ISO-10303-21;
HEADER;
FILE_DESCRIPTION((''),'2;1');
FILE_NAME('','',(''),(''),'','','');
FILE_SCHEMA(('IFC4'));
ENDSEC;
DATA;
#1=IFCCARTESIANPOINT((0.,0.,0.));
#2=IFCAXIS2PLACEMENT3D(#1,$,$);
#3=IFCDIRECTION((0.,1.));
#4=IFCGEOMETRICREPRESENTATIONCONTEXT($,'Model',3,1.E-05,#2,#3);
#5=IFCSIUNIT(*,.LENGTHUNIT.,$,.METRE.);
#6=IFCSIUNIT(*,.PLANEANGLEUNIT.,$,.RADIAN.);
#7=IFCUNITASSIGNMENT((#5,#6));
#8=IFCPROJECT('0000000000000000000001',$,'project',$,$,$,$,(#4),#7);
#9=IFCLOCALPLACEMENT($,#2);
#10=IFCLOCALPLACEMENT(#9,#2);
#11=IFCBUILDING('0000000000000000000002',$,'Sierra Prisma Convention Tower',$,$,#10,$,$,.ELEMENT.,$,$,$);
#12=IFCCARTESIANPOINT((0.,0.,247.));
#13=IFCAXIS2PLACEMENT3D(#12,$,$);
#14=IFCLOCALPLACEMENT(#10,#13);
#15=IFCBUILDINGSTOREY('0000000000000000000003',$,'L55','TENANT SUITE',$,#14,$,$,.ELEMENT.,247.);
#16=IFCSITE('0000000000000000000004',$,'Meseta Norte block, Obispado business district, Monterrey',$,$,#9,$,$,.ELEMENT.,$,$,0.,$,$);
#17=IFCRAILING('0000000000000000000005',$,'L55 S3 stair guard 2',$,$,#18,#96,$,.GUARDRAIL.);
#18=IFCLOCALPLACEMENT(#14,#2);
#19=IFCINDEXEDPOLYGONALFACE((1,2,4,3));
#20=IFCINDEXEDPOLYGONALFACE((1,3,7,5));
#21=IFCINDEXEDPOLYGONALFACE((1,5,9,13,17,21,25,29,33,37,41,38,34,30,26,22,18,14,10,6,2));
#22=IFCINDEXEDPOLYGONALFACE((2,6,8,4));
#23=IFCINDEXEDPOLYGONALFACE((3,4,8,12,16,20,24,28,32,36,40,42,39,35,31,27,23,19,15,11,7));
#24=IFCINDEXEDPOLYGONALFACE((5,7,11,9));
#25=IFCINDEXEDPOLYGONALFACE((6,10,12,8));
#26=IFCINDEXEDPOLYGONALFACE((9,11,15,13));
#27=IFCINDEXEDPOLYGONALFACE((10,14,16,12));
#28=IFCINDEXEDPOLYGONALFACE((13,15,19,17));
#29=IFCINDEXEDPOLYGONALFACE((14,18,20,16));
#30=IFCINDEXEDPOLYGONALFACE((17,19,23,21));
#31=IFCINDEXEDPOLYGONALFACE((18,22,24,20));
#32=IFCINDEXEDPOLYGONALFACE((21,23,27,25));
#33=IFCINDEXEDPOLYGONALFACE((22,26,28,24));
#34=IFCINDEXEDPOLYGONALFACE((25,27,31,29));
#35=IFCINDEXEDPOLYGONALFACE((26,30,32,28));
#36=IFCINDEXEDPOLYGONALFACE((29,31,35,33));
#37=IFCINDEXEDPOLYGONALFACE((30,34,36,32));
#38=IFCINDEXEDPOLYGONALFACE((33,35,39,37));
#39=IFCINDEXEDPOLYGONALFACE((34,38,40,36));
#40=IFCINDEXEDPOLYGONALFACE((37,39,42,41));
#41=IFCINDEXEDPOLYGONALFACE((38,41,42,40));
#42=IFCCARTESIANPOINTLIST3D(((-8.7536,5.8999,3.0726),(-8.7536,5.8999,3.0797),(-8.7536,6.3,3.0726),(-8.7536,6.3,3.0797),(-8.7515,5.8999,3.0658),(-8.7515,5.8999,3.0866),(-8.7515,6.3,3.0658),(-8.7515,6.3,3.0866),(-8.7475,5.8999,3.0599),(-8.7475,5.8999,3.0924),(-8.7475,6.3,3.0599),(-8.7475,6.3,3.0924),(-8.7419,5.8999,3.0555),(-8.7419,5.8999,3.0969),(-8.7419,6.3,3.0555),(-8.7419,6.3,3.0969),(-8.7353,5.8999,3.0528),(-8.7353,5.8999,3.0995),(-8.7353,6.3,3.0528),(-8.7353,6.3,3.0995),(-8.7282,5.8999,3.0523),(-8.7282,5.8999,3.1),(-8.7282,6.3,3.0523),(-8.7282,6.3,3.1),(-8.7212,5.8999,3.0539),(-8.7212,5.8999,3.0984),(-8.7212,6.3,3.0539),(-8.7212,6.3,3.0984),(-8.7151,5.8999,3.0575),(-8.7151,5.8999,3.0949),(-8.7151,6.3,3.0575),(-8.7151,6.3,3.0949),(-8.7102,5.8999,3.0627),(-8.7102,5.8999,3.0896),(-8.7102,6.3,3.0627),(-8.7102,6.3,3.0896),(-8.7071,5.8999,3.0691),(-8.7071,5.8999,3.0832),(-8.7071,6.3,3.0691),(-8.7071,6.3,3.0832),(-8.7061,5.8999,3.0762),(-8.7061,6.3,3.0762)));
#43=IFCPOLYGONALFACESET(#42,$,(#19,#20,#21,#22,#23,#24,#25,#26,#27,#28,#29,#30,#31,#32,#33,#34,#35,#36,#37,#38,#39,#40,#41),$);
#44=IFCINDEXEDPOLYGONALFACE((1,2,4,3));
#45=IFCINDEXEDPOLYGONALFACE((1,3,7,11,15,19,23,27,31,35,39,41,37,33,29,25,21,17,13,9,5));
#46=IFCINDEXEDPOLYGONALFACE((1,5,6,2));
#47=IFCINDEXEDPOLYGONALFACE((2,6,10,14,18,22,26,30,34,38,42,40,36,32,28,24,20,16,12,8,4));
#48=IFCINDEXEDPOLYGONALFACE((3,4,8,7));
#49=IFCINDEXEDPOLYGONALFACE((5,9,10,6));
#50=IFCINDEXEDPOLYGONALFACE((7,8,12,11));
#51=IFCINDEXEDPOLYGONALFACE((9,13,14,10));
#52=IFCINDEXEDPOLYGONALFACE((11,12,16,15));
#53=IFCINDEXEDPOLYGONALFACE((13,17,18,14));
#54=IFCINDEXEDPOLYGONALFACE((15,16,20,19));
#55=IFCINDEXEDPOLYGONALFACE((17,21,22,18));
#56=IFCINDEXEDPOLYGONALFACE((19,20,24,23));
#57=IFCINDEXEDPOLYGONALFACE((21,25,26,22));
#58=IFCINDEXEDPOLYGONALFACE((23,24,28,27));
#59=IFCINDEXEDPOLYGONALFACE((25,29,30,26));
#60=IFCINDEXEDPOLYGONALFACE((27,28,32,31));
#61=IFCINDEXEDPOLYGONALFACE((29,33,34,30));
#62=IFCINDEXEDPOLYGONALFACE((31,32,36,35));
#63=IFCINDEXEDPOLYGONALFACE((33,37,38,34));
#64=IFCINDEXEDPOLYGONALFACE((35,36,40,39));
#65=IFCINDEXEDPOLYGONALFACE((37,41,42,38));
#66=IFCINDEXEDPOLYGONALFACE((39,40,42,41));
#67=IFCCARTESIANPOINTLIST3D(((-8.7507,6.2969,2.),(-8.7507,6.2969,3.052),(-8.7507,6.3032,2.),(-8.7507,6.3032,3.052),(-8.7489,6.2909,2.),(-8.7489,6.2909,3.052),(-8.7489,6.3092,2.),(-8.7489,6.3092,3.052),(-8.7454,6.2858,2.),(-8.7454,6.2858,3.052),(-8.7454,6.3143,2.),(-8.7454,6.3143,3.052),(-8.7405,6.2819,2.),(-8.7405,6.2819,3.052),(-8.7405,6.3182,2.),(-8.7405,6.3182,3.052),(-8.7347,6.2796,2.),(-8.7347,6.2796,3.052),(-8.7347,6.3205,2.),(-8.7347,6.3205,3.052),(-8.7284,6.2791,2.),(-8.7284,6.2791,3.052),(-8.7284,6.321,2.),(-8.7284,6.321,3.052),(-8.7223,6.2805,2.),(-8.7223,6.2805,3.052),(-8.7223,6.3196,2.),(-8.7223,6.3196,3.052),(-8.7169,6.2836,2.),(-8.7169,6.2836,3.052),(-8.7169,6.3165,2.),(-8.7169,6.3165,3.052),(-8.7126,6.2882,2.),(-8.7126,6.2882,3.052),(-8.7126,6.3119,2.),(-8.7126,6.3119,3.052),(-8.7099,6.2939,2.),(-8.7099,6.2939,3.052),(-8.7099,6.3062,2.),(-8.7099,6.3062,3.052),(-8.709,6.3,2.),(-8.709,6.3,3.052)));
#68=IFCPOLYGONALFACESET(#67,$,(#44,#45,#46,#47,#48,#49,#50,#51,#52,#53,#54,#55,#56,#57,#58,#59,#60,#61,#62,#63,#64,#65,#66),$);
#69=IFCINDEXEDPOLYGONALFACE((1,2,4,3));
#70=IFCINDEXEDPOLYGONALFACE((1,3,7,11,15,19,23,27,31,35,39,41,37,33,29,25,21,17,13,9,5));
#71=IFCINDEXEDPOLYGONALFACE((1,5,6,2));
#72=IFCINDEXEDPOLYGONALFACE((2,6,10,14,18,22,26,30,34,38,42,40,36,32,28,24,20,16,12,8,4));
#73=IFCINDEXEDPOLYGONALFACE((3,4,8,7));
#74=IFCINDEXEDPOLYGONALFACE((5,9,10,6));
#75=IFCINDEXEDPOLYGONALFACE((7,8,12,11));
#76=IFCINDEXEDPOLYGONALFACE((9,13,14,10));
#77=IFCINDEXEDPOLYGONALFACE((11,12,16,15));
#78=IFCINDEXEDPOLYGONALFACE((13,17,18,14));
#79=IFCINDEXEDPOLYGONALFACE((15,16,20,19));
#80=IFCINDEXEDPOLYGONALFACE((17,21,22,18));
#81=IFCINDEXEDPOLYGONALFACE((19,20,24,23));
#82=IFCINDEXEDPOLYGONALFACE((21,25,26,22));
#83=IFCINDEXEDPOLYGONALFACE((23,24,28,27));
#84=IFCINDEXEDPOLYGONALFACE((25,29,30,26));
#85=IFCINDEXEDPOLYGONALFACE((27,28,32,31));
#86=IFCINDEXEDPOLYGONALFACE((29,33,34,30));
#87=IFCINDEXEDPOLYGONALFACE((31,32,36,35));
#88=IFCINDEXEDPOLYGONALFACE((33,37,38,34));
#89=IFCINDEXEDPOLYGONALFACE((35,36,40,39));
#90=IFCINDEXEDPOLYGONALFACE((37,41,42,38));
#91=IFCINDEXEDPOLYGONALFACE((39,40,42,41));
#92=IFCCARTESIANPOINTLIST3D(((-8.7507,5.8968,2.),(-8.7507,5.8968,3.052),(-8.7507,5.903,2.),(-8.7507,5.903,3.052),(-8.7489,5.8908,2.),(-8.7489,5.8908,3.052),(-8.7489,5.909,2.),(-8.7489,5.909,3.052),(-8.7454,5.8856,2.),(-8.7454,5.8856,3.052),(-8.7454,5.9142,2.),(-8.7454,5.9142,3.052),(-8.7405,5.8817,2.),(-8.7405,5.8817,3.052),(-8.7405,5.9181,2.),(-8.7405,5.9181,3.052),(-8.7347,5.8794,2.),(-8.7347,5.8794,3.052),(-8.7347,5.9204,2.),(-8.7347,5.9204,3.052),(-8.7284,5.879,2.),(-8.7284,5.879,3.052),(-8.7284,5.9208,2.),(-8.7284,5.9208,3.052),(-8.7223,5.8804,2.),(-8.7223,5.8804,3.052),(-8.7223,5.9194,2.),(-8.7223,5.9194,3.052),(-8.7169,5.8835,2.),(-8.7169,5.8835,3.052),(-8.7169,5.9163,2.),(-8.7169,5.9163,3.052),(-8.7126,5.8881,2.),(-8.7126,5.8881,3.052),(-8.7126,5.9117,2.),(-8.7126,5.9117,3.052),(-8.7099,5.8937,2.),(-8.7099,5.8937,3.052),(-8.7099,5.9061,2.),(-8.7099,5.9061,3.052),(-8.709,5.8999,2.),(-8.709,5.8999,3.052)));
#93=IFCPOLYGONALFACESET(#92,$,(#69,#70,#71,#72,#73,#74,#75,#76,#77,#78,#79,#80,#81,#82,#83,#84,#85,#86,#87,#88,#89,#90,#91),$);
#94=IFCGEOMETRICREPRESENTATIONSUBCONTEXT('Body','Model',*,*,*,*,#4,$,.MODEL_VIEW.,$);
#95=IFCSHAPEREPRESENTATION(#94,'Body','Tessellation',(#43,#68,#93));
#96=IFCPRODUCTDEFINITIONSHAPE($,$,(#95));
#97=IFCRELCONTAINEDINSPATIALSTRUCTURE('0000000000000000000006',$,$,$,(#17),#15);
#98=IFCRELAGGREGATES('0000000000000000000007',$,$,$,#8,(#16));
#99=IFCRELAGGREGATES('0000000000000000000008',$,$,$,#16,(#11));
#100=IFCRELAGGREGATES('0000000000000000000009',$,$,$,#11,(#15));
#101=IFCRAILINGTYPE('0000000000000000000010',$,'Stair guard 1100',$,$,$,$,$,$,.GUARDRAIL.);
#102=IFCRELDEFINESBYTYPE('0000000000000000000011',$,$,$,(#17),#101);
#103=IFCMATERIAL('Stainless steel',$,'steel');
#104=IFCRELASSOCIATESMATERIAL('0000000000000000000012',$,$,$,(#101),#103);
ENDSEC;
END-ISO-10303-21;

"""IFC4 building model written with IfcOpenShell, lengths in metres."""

from ifc_helpers import new_model, si_unit, direction, frame, origin, origin_2d, place, context, subcontext, project, spatial, circle, extrude, material, type_object, element, save


model = new_model("IFC4")

# Units and contexts
model_context = context("Model", 3, precision=1e-05, world=origin(), true_north=direction((0.0, 1.0)))
body_context = subcontext(model_context, "Body", "Model", "MODEL_VIEW")
ifc_project = project(units=[si_unit("LENGTHUNIT", "METRE"), si_unit("PLANEANGLEUNIT", "RADIAN")], contexts=[model_context])

# Site, building, storey
site_placement = place(None, origin())
site = spatial("IfcSite", under=ifc_project, at=site_placement, Name="Meseta Norte block, Obispado business district, Monterrey", CompositionType="ELEMENT", RefElevation=0.0)
building_placement = place(site_placement, origin())
building = spatial("IfcBuilding", under=site, at=building_placement, Name="Sierra Prisma Convention Tower", CompositionType="ELEMENT")
storey_placement = place(building_placement, frame((0.0, 0.0, 247.0)))
storey = spatial("IfcBuildingStorey", under=building, at=storey_placement, Name="L55", Description="TENANT SUITE", CompositionType="ELEMENT", Elevation=247.0)

# Railing
ifc_material_1 = material(Name="Stainless steel", Category="steel")
railing_type_1 = type_object("IfcRailingType", Name="Stair guard 1100", PredefinedType="GUARDRAIL", material=ifc_material_1)
railing_1_placement = place(storey_placement, frame((-8.73, 6.3, 2.0)))
element("IfcRailing", 1, at=railing_1_placement, inside=storey, type_object=railing_type_1, Name="L55 S3 stair guard 2", PredefinedType="GUARDRAIL", context=body_context, shape_type="SweptSolid", body=[
    extrude(circle(Radius=0.0239, at=origin_2d()), frame((0.0, 0.0, 1.0762), z_axis=(0.0, -1.0, 0.0), x_axis=(1.0, 0.0, 0.0)), (0.0, 0.0, 1.0), 0.4001),
    extrude(circle(Radius=0.021, at=origin_2d()), origin(), (0.0, 0.0, 1.0), 1.052),
    extrude(circle(Radius=0.021, at=origin_2d()), frame((0.0, -0.4001, 0.0)), (0.0, 0.0, 1.0), 1.052),
])

save(model, "model.ifc")
